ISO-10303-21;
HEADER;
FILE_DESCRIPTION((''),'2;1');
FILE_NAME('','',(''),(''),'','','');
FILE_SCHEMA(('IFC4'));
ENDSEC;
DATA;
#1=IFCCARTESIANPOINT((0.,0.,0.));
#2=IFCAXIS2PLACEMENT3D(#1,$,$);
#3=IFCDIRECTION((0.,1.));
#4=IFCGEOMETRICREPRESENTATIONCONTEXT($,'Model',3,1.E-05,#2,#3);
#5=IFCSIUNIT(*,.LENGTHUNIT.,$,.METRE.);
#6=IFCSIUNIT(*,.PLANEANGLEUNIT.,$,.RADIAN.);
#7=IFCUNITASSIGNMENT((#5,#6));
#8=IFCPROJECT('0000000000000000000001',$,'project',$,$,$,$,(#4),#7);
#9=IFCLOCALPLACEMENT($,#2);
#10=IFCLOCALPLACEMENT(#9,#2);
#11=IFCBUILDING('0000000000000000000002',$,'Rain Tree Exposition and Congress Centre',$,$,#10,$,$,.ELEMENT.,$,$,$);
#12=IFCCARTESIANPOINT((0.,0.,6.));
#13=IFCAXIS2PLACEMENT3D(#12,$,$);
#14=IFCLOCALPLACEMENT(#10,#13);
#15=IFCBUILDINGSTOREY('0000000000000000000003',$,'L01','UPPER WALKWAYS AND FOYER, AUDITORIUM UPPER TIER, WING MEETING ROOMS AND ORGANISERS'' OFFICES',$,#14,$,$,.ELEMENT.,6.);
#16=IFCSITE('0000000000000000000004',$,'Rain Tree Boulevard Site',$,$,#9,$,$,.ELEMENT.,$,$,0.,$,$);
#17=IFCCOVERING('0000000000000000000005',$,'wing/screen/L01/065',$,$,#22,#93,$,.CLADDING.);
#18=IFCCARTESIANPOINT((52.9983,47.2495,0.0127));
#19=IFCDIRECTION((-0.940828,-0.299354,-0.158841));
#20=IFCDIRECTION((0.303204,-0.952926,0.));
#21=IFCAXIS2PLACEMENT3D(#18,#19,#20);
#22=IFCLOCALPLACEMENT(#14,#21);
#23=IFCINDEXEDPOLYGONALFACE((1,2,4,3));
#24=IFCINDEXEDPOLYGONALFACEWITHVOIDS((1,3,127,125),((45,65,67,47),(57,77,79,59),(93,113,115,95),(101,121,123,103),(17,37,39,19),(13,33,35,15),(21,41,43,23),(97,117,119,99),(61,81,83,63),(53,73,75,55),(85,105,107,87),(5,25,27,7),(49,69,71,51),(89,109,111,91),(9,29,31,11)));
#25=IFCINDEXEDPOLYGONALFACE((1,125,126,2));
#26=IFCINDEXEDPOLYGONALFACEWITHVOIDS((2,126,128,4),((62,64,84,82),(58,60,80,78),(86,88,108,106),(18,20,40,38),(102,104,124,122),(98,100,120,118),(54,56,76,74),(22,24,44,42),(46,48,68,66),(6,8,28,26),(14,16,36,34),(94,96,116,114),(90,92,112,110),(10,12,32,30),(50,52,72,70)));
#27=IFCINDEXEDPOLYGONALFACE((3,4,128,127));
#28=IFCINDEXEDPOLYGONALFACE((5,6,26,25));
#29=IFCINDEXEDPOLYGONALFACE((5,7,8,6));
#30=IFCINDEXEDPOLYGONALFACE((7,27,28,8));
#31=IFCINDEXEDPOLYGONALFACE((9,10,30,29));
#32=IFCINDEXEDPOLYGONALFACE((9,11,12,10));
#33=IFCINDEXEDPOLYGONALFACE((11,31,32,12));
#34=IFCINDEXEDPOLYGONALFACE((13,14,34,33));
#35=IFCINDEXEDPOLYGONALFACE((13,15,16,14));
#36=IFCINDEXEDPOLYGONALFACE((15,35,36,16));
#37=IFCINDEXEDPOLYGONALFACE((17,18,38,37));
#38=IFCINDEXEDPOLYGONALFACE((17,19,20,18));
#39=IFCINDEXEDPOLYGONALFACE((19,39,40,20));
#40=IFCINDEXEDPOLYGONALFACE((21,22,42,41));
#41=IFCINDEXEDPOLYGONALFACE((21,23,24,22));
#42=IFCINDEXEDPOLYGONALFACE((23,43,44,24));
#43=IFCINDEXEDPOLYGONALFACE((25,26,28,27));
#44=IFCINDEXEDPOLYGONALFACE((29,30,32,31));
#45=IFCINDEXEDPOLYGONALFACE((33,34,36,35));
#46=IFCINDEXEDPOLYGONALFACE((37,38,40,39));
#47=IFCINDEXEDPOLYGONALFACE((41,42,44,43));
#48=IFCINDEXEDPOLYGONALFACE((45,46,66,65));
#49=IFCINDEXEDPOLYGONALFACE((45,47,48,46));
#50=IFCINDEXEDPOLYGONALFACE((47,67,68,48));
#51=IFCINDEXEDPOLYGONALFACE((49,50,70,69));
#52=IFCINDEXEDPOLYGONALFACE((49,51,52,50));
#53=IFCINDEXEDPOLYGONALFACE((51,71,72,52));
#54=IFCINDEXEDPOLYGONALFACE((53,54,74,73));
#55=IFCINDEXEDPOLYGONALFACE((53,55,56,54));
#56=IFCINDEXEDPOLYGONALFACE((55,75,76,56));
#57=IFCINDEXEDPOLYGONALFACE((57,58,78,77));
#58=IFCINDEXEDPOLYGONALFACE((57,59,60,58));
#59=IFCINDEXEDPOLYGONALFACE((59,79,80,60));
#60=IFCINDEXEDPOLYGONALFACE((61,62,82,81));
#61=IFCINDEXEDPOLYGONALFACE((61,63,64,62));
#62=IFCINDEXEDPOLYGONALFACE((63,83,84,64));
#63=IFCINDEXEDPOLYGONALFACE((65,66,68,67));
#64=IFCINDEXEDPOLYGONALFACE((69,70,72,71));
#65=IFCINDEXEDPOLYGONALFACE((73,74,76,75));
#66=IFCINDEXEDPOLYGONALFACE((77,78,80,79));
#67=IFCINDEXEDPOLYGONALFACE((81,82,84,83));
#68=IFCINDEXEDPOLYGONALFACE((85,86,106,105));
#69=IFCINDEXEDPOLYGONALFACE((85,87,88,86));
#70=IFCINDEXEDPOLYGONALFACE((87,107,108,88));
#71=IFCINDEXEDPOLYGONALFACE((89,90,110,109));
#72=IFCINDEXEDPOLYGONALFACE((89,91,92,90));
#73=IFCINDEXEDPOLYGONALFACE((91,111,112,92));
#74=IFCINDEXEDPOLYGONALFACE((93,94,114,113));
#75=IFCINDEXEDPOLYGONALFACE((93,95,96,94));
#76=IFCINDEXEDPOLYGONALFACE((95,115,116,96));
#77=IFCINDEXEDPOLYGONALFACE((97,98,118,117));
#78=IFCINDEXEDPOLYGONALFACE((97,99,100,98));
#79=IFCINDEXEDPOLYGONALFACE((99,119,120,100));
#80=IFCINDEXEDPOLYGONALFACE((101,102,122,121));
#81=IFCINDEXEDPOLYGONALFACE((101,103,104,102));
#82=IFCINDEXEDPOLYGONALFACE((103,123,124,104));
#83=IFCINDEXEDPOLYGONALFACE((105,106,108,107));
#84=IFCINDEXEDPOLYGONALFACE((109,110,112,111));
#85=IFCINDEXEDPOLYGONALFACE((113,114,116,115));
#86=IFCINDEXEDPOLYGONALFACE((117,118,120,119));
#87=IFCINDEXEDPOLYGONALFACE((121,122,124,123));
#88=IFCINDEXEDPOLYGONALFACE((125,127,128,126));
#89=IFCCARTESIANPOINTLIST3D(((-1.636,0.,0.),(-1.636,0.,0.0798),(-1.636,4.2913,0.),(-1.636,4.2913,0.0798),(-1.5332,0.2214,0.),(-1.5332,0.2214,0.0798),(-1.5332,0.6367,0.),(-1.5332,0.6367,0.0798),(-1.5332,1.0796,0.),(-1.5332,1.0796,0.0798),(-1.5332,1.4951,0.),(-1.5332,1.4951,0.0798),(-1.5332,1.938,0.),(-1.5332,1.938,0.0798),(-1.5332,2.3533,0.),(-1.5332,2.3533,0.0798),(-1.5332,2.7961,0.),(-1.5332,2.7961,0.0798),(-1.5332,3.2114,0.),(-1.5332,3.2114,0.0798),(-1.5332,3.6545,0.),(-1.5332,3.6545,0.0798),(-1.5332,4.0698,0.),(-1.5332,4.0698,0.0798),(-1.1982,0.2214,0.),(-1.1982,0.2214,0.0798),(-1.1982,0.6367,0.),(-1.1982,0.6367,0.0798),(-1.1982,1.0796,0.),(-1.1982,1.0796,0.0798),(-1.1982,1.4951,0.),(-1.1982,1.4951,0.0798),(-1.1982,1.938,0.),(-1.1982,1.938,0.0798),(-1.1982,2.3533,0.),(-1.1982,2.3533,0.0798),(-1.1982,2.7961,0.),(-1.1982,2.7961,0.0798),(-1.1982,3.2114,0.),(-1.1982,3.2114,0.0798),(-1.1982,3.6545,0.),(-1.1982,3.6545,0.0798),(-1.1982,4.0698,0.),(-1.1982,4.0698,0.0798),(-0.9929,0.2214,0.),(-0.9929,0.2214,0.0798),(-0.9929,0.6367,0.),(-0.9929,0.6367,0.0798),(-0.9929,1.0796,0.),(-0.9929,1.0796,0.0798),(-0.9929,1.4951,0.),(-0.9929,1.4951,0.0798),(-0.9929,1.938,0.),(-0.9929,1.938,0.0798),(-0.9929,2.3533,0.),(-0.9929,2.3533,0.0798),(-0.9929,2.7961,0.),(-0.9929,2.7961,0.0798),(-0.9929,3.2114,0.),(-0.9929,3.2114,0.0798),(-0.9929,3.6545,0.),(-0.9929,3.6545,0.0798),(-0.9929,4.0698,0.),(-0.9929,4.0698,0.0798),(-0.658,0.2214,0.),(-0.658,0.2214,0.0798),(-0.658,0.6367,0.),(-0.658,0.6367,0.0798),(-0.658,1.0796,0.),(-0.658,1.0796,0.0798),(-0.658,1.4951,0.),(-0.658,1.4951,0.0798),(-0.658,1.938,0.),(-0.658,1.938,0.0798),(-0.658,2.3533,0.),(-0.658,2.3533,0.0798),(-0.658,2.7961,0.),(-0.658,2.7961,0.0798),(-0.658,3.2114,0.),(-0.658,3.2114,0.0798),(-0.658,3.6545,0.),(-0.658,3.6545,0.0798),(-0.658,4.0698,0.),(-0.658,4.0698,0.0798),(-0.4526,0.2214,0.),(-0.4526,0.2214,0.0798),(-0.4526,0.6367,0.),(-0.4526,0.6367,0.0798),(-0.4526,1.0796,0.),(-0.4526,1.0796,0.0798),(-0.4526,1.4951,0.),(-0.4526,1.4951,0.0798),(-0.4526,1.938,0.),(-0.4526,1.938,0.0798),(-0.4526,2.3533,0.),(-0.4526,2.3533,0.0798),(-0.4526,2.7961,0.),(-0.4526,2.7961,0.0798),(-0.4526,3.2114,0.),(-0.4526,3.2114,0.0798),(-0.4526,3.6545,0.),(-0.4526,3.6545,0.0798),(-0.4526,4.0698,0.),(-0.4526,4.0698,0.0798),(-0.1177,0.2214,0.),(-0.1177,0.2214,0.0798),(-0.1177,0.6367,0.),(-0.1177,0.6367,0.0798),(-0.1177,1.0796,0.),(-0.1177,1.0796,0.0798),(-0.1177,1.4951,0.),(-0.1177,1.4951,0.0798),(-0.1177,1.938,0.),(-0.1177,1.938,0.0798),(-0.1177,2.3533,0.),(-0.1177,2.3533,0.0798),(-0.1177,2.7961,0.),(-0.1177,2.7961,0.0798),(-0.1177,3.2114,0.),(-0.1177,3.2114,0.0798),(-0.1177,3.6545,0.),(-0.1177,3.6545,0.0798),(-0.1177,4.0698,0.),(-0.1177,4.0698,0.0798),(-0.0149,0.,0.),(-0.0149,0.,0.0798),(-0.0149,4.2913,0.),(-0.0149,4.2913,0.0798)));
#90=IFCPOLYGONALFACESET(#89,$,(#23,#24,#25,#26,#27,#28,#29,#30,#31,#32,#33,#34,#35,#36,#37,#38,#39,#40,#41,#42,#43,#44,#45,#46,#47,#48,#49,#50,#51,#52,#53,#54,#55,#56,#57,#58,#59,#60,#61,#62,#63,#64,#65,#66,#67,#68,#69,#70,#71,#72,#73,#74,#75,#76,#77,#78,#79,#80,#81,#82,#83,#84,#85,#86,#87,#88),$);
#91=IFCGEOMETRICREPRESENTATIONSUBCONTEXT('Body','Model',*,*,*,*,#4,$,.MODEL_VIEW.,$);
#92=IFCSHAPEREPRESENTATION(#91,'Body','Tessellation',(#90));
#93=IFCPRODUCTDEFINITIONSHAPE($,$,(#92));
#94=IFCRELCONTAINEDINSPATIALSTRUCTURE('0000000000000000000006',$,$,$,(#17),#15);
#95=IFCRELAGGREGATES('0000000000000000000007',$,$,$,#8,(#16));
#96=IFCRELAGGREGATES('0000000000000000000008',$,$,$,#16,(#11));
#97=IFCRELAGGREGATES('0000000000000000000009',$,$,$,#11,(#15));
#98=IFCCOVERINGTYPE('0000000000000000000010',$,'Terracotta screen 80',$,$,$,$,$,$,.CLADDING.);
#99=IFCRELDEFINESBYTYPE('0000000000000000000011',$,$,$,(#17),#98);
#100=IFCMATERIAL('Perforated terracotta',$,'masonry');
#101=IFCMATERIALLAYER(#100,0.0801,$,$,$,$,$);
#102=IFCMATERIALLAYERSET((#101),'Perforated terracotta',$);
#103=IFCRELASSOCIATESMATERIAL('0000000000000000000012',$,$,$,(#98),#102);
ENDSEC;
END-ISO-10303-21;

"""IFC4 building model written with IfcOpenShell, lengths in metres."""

from ifc_helpers import new_model, si_unit, direction, frame, origin, place, context, subcontext, project, spatial, polyline, outline, extrude, material, layer, layer_set, type_object, element, save


model = new_model("IFC4")

# Units and contexts
model_context = context("Model", 3, precision=1e-05, world=origin(), true_north=direction((0.0, 1.0)))
body_context = subcontext(model_context, "Body", "Model", "MODEL_VIEW")
ifc_project = project(units=[si_unit("LENGTHUNIT", "METRE"), si_unit("PLANEANGLEUNIT", "RADIAN")], contexts=[model_context])

# Site, building, storey
site_placement = place(None, origin())
site = spatial("IfcSite", under=ifc_project, at=site_placement, Name="Rain Tree Boulevard Site", CompositionType="ELEMENT", RefElevation=0.0)
building_placement = place(site_placement, origin())
building = spatial("IfcBuilding", under=site, at=building_placement, Name="Rain Tree Exposition and Congress Centre", CompositionType="ELEMENT")
storey_placement = place(building_placement, frame((0.0, 0.0, 6.0)))
storey = spatial("IfcBuildingStorey", under=building, at=storey_placement, Name="L01", Description="UPPER WALKWAYS AND FOYER, AUDITORIUM UPPER TIER, WING MEETING ROOMS AND ORGANISERS' OFFICES", CompositionType="ELEMENT", Elevation=6.0)

# Covering
ifc_material_1 = material(Name="Perforated terracotta", Category="masonry")
ifc_layer = layer(ifc_material_1, 0.0801)
ifc_layer_set = layer_set([ifc_layer], Name="Perforated terracotta")
covering_type = type_object("IfcCoveringType", Name="Terracotta screen 80", PredefinedType="CLADDING", material=ifc_layer_set)
covering_1_placement = place(storey_placement, frame((52.9983, 47.2495, 0.0127), z_axis=(-0.940828, -0.299354, -0.158841), x_axis=(0.303204, -0.952926, 0.0)))
element("IfcCovering", 1, at=covering_1_placement, inside=storey, type_object=covering_type, Name="wing/screen/L01/065", PredefinedType="CLADDING", context=body_context, shape_type="SweptSolid", body=[
    extrude(outline(polyline([(-1.636, 0.0), (-1.636, 4.2913), (-0.0149, 4.2913), (-0.0149, 0.0), (-1.636, 0.0)]), holes=[polyline([(-0.1177, 0.2214), (-0.1177, 0.6367), (-0.4526, 0.6367), (-0.4526, 0.2214), (-0.1177, 0.2214)]), polyline([(-0.1177, 1.0796), (-0.1177, 1.4951), (-0.4526, 1.4951), (-0.4526, 1.0796), (-0.1177, 1.0796)]), polyline([(-0.1177, 1.938), (-0.1177, 2.3533), (-0.4526, 2.3533), (-0.4526, 1.938), (-0.1177, 1.938)]), polyline([(-0.1177, 2.7961), (-0.1177, 3.2114), (-0.4526, 3.2114), (-0.4526, 2.7961), (-0.1177, 2.7961)]), polyline([(-0.1177, 3.6545), (-0.1177, 4.0698), (-0.4526, 4.0698), (-0.4526, 3.6545), (-0.1177, 3.6545)]), polyline([(-0.658, 0.2214), (-0.658, 0.6367), (-0.9929, 0.6367), (-0.9929, 0.2214), (-0.658, 0.2214)]), polyline([(-0.658, 1.0796), (-0.658, 1.4951), (-0.9929, 1.4951), (-0.9929, 1.0796), (-0.658, 1.0796)]), polyline([(-0.658, 1.938), (-0.658, 2.3533), (-0.9929, 2.3533), (-0.9929, 1.938), (-0.658, 1.938)]), polyline([(-0.658, 2.7961), (-0.658, 3.2114), (-0.9929, 3.2114), (-0.9929, 2.7961), (-0.658, 2.7961)]), polyline([(-0.658, 3.6545), (-0.658, 4.0698), (-0.9929, 4.0698), (-0.9929, 3.6545), (-0.658, 3.6545)]), polyline([(-1.1982, 0.2214), (-1.1982, 0.6367), (-1.5332, 0.6367), (-1.5332, 0.2214), (-1.1982, 0.2214)]), polyline([(-1.1982, 1.0796), (-1.1982, 1.4951), (-1.5332, 1.4951), (-1.5332, 1.0796), (-1.1982, 1.0796)]), polyline([(-1.1982, 1.938), (-1.1982, 2.3533), (-1.5332, 2.3533), (-1.5332, 1.938), (-1.1982, 1.938)]), polyline([(-1.1982, 2.7961), (-1.1982, 3.2114), (-1.5332, 3.2114), (-1.5332, 2.7961), (-1.1982, 2.7961)]), polyline([(-1.1982, 3.6545), (-1.1982, 4.0698), (-1.5332, 4.0698), (-1.5332, 3.6545), (-1.1982, 3.6545)])]), origin(), (0.0, 0.0, 1.0), 0.0798),
])

save(model, "model.ifc")
